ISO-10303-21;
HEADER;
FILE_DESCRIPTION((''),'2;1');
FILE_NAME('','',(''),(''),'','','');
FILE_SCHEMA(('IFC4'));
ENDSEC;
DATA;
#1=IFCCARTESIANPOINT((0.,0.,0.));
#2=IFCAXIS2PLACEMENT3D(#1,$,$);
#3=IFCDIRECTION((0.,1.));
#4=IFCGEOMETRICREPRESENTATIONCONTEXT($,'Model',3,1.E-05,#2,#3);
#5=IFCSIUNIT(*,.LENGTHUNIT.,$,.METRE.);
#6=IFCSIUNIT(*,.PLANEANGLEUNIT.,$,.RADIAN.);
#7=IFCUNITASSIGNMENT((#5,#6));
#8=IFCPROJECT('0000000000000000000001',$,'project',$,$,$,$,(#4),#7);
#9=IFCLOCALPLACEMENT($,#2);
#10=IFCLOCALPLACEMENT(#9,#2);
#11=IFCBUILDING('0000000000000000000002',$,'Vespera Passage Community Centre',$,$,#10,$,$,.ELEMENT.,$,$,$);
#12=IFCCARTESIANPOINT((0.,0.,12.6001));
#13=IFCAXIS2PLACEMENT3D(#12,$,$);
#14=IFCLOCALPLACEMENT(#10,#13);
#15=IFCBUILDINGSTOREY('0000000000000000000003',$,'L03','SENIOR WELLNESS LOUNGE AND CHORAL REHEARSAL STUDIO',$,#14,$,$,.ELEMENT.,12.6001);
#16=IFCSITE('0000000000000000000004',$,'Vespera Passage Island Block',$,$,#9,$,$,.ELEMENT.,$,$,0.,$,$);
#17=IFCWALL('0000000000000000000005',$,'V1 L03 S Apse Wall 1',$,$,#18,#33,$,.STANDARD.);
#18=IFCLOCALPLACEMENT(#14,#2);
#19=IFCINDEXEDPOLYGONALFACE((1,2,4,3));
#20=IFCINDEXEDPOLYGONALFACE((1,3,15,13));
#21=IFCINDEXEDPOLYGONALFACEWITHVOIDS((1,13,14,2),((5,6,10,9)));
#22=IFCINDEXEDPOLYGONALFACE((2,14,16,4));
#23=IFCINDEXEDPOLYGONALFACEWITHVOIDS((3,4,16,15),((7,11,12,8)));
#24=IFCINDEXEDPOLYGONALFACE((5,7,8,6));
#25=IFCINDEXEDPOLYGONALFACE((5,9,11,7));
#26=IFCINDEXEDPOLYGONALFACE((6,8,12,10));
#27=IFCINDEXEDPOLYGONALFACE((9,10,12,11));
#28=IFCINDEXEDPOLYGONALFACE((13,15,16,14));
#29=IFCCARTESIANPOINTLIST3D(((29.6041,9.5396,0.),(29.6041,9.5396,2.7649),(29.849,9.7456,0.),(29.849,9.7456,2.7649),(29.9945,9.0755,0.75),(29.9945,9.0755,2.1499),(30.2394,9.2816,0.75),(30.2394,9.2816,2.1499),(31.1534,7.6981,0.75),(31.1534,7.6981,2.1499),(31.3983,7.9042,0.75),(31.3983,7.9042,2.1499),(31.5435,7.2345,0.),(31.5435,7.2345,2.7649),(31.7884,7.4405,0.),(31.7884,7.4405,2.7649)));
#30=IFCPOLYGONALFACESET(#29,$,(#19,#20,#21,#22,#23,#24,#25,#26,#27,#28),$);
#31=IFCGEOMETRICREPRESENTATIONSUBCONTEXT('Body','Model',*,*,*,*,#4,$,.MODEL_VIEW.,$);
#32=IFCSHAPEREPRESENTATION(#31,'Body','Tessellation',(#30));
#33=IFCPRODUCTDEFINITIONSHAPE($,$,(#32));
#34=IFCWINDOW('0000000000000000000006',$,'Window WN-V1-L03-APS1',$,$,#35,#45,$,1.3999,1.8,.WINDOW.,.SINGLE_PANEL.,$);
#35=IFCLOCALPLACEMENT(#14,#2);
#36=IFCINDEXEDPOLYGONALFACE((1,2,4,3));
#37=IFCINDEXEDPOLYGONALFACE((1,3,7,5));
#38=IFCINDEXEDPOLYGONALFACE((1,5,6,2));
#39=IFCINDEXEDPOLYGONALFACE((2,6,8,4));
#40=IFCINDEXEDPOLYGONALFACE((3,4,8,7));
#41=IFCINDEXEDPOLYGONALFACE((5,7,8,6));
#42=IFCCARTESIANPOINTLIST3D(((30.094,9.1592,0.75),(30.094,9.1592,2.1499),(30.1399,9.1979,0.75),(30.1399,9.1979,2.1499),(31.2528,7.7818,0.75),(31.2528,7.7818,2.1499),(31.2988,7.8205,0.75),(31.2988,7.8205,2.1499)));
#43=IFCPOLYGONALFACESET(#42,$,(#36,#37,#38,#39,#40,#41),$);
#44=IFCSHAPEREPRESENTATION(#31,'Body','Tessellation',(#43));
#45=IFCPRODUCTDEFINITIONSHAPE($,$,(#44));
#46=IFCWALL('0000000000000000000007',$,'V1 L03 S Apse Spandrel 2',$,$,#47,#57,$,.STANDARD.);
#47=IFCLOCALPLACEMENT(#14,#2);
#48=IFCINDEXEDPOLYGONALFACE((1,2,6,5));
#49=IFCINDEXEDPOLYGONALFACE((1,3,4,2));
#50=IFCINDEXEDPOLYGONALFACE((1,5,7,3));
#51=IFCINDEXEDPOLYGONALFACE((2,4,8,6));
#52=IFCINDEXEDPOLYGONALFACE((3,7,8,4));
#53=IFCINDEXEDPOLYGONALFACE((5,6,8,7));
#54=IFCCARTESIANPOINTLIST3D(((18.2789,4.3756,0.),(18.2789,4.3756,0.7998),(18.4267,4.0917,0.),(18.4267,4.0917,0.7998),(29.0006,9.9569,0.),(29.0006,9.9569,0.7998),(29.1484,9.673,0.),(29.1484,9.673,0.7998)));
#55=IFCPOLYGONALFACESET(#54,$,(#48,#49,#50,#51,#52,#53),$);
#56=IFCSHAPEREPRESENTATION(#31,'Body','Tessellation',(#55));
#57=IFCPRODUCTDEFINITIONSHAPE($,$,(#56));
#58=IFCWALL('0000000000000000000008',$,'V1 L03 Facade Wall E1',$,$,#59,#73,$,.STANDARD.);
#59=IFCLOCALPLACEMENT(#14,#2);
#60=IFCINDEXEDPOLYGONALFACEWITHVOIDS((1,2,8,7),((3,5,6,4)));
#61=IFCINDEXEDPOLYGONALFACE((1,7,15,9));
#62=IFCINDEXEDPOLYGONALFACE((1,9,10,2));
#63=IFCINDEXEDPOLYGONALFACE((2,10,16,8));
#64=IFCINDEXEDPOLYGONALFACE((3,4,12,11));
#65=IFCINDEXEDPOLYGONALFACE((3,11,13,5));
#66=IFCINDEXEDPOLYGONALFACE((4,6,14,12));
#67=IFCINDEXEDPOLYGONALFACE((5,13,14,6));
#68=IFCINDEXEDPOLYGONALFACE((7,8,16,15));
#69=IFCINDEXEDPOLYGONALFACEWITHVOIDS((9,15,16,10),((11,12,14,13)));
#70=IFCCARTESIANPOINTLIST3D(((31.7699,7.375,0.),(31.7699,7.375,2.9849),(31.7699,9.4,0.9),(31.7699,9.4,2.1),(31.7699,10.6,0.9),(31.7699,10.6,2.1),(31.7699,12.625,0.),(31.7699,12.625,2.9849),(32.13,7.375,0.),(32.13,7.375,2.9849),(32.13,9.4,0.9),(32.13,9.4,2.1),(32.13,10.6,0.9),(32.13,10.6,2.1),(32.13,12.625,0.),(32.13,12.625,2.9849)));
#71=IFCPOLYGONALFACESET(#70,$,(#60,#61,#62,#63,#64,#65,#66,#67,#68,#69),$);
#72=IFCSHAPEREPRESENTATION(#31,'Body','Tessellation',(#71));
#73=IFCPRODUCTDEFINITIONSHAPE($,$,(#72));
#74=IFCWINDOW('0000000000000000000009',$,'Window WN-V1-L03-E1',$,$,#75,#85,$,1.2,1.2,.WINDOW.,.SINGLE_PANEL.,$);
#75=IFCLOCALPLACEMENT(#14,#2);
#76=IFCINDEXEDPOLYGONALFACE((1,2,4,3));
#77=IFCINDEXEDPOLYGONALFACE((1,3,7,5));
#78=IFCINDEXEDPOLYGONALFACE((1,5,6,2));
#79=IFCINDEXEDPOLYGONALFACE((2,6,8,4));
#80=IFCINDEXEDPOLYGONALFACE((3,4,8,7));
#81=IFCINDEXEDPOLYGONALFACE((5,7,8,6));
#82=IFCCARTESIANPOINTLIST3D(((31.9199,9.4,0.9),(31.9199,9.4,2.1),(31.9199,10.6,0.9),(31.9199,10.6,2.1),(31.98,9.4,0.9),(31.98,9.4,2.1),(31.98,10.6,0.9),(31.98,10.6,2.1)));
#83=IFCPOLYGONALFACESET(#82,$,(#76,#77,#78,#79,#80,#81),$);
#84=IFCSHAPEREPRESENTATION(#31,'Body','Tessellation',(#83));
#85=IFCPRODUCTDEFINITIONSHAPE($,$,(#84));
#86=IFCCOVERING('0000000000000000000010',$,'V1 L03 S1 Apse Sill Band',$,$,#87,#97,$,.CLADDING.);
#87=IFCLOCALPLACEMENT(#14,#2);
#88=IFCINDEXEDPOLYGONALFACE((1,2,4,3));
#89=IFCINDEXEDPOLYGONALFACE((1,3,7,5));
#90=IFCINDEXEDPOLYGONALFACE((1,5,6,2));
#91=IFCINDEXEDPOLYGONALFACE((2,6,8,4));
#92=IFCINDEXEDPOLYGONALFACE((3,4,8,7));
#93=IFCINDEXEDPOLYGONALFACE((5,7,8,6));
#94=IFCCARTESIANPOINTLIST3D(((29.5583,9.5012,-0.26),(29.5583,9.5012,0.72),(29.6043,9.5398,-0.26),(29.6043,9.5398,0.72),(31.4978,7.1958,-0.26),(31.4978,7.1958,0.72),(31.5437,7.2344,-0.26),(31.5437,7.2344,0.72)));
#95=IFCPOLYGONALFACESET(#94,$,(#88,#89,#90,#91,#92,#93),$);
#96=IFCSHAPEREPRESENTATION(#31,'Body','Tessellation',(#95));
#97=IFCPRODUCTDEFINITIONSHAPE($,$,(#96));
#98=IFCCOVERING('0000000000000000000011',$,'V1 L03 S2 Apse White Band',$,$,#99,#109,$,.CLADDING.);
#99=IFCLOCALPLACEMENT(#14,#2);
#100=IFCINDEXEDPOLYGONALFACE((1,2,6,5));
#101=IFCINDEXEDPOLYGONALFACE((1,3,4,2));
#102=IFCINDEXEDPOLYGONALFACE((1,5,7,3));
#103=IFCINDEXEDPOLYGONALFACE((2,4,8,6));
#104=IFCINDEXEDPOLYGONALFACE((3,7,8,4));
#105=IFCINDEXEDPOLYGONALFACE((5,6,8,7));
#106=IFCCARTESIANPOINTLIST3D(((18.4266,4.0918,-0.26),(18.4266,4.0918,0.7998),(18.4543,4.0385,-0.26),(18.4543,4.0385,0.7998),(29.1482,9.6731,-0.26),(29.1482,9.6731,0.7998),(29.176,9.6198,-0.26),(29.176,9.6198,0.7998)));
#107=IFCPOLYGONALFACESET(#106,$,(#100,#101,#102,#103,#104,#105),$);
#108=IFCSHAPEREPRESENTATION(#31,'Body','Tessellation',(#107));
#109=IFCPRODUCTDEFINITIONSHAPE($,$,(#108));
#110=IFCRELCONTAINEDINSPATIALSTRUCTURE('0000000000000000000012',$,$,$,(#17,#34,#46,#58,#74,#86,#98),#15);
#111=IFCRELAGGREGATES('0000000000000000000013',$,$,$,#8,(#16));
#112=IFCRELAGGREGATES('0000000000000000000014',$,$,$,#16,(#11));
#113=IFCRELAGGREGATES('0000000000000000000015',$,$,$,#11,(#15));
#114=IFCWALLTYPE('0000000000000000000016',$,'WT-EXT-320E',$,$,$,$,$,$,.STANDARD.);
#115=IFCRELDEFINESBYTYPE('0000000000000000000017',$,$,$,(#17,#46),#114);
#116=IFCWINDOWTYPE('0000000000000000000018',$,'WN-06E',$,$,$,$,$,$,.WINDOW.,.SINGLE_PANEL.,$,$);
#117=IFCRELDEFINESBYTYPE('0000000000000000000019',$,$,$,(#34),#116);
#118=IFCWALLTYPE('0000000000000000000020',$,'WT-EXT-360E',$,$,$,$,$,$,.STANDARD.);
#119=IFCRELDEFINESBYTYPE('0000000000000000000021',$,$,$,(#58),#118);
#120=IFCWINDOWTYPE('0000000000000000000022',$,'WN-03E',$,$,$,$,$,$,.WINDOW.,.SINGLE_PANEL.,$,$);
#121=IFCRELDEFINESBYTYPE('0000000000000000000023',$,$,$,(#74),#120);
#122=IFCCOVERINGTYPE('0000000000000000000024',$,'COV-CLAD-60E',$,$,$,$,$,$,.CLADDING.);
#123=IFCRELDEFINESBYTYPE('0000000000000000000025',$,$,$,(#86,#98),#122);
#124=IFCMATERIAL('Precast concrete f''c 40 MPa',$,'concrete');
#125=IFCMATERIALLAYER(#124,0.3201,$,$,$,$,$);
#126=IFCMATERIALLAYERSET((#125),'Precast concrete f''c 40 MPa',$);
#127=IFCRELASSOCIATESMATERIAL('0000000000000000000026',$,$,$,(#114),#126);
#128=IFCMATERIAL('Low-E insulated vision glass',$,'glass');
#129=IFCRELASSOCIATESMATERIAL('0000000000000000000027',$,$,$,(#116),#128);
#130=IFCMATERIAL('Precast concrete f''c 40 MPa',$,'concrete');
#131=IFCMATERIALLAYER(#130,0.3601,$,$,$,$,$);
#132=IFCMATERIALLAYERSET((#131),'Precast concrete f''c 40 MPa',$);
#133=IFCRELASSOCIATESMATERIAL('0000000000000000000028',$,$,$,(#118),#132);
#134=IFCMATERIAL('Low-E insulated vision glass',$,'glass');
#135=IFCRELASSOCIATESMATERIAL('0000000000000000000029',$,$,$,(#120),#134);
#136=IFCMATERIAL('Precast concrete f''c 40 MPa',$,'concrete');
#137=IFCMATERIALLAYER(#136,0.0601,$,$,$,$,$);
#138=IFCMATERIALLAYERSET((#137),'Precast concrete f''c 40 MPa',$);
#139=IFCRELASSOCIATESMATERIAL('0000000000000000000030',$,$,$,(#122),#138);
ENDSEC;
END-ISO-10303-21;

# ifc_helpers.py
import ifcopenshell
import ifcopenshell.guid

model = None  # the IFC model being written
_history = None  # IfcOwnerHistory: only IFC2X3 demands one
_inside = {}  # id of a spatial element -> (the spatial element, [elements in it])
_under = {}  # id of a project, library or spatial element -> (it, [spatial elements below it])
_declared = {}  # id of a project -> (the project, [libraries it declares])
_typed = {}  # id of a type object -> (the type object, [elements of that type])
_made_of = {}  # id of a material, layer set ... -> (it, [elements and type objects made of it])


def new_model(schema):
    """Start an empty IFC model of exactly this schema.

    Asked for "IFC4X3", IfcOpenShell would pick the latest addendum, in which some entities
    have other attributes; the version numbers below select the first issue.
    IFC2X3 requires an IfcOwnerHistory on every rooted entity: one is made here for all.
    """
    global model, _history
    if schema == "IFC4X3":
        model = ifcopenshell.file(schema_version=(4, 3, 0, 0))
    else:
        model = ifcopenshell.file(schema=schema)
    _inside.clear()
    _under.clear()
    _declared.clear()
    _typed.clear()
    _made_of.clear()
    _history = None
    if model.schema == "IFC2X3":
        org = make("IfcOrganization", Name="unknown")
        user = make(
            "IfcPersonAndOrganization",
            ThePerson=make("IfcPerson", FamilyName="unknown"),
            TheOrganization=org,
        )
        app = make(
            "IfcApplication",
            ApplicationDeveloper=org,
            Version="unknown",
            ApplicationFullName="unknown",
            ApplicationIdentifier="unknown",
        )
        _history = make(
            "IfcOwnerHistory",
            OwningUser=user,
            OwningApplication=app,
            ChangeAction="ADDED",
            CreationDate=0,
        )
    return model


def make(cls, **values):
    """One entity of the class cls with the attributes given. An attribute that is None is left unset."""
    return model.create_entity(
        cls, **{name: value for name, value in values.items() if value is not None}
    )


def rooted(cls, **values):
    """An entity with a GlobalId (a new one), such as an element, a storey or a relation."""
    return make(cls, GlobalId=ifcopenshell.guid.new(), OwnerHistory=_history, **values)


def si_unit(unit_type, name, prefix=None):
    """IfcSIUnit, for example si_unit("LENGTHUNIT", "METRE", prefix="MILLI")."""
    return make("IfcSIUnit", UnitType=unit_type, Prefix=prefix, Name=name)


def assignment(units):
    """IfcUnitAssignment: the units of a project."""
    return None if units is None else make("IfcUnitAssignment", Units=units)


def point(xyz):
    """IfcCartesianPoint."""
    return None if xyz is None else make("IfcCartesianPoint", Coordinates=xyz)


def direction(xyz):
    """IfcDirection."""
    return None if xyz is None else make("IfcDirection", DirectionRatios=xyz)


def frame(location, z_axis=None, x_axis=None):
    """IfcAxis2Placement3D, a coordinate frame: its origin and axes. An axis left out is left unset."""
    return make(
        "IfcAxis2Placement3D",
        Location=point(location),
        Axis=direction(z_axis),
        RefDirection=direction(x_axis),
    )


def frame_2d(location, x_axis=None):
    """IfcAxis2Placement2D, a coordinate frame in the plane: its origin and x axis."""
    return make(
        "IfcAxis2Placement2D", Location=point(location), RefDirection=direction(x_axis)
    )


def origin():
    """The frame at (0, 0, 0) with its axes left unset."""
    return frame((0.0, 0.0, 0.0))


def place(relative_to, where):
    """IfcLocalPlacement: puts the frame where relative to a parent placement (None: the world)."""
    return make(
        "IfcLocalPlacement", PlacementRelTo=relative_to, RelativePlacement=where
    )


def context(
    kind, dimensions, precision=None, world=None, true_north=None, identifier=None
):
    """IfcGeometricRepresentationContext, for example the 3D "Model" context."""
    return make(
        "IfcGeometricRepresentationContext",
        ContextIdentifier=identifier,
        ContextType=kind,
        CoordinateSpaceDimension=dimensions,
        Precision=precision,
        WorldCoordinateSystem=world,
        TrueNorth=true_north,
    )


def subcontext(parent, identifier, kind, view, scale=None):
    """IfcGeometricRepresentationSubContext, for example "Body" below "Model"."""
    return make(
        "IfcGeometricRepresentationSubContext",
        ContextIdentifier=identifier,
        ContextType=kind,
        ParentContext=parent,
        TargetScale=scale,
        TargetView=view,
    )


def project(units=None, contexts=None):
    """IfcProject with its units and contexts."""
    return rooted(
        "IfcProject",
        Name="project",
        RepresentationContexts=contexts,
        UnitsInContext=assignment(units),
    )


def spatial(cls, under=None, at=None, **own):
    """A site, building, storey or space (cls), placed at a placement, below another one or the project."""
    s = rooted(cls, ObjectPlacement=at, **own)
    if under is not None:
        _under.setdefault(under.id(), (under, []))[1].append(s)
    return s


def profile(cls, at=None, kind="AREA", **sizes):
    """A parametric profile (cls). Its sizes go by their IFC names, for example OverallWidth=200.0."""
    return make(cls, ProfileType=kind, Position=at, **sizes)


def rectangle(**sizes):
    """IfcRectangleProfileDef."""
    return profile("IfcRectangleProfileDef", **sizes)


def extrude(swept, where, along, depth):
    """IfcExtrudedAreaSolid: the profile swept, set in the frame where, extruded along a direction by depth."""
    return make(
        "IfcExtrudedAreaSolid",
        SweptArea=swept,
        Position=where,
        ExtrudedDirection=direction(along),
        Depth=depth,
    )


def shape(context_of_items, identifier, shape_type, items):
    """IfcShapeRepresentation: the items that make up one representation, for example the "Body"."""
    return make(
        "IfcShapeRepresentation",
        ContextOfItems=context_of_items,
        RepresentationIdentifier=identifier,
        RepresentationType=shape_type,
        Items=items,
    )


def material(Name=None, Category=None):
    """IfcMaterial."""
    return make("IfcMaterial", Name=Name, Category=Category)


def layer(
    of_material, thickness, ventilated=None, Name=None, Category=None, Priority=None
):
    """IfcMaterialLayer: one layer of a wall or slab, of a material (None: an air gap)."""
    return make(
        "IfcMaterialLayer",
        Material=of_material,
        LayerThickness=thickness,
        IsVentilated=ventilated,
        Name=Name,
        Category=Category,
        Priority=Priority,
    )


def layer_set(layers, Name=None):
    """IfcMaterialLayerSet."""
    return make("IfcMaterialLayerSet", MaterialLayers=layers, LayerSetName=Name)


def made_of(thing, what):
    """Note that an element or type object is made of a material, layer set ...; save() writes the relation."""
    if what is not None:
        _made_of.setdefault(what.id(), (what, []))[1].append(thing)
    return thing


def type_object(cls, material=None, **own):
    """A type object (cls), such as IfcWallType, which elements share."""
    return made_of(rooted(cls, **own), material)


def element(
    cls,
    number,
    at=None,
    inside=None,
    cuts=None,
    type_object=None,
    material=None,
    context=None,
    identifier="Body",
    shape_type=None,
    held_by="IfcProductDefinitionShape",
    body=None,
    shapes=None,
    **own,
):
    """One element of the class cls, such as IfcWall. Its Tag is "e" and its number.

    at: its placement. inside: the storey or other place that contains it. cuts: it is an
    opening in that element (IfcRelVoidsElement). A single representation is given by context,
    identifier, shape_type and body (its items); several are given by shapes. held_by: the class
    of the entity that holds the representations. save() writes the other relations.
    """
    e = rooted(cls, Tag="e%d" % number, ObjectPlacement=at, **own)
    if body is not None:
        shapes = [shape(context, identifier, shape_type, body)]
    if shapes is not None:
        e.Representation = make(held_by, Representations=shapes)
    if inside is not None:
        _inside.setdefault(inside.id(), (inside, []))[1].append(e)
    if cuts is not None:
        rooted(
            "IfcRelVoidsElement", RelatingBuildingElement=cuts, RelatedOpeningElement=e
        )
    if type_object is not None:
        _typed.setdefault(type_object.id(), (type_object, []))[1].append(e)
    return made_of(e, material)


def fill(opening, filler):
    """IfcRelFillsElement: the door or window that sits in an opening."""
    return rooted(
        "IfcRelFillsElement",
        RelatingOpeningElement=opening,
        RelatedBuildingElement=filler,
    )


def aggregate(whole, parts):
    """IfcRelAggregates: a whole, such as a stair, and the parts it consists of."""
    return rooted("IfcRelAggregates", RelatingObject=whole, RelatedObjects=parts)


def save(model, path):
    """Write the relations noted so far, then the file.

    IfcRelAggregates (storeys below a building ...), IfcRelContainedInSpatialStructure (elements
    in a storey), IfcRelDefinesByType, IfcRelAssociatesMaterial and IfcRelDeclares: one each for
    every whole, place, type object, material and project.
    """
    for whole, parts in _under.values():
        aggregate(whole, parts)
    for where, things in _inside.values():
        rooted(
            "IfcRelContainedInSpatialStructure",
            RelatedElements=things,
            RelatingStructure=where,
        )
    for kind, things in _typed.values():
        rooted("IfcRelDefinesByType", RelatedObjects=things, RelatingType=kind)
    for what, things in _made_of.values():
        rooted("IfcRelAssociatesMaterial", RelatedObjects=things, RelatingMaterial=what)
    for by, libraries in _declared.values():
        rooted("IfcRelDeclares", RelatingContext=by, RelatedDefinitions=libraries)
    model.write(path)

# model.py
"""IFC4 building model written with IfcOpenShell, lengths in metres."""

from ifc_helpers import new_model, si_unit, direction, frame, frame_2d, origin, place, context, subcontext, project, spatial, rectangle, extrude, material, layer, layer_set, type_object, element, fill, save


model = new_model("IFC4")

# Units and contexts
model_context = context("Model", 3, precision=1e-05, world=origin(), true_north=direction((0.0, 1.0)))
body_context = subcontext(model_context, "Body", "Model", "MODEL_VIEW")
ifc_project = project(units=[si_unit("LENGTHUNIT", "METRE"), si_unit("PLANEANGLEUNIT", "RADIAN")], contexts=[model_context])

# Site, building, storey
site_placement = place(None, origin())
site = spatial("IfcSite", under=ifc_project, at=site_placement, Name="Vespera Passage Island Block", CompositionType="ELEMENT", RefElevation=0.0)
building_placement = place(site_placement, origin())
building = spatial("IfcBuilding", under=site, at=building_placement, Name="Vespera Passage Community Centre", CompositionType="ELEMENT")
storey_placement = place(building_placement, frame((0.0, 0.0, 12.6001)))
storey = spatial("IfcBuildingStorey", under=building, at=storey_placement, Name="L03", Description="SENIOR WELLNESS LOUNGE AND CHORAL REHEARSAL STUDIO", CompositionType="ELEMENT", Elevation=12.6001)

# Wall, opening, window
ifc_material_1 = material(Name="Precast concrete f'c 40 MPa", Category="concrete")
ifc_layer_1 = layer(ifc_material_1, 0.3201)
ifc_layer_set_1 = layer_set([ifc_layer_1], Name="Precast concrete f'c 40 MPa")
wall_type_1 = type_object("IfcWallType", Name="WT-EXT-320E", PredefinedType="STANDARD", material=ifc_layer_set_1)
wall_1_placement = place(storey_placement, frame((31.666, 7.3374, 0.0), z_axis=(0.0, 0.0, 1.0), x_axis=(-0.643796, 0.765197, 0.0)))
wall_1 = element("IfcWall", 1, at=wall_1_placement, inside=storey, type_object=wall_type_1, Name="V1 L03 S Apse Wall 1", PredefinedType="STANDARD", context=body_context, shape_type="SweptSolid", body=[
    extrude(rectangle(XDim=3.0125, YDim=0.3201, at=frame_2d((1.5063, 0.0))), origin(), (0.0, 0.0, 1.0), 2.7649),
])
opening_1_placement = place(wall_1_placement, frame((0.6062, 0.0, 0.75)))
opening_1 = element("IfcOpeningElement", 2, at=opening_1_placement, cuts=wall_1, PredefinedType="OPENING", context=body_context, shape_type="SweptSolid", body=[
    extrude(rectangle(XDim=1.8, YDim=1.3999, at=frame_2d((0.8999, 0.7))), frame((0.0, 0.1702, 0.0), z_axis=(0.0, -1.0, 0.0), x_axis=(1.0, 0.0, 0.0)), (0.0, 0.0, 1.0), 0.3401),
])
ifc_material_2 = material(Name="Low-E insulated vision glass", Category="glass")
window_type_1 = type_object("IfcWindowType", Name="WN-06E", PartitioningType="SINGLE_PANEL", PredefinedType="WINDOW", material=ifc_material_2)
window_1_placement = place(opening_1_placement, origin())
window_1 = element("IfcWindow", 3, at=window_1_placement, inside=storey, type_object=window_type_1, Name="Window WN-V1-L03-APS1", OverallHeight=1.3999, OverallWidth=1.8, PartitioningType="SINGLE_PANEL", PredefinedType="WINDOW", context=body_context, shape_type="SweptSolid", body=[
    extrude(rectangle(XDim=1.8, YDim=1.3999, at=frame_2d((0.8999, 0.7))), frame((0.0, 0.03, 0.0), z_axis=(0.0, -1.0, 0.0), x_axis=(1.0, 0.0, 0.0)), (0.0, 0.0, 1.0), 0.0601),
])
fill(opening_1, window_1)

# Wall
wall_2_placement = place(storey_placement, frame((29.0745, 9.8149, 0.0), z_axis=(0.0, 0.0, 1.0), x_axis=(-0.887013, -0.461745, 0.0)))
element("IfcWall", 4, at=wall_2_placement, inside=storey, type_object=wall_type_1, Name="V1 L03 S Apse Spandrel 2", PredefinedType="STANDARD", context=body_context, shape_type="SweptSolid", body=[
    extrude(rectangle(XDim=12.0874, YDim=0.3201, at=frame_2d((6.0437, 0.0))), origin(), (0.0, 0.0, 1.0), 0.7998),
])

# Wall, opening, window
ifc_material_3 = material(Name="Precast concrete f'c 40 MPa", Category="concrete")
ifc_layer_2 = layer(ifc_material_3, 0.3601)
ifc_layer_set_2 = layer_set([ifc_layer_2], Name="Precast concrete f'c 40 MPa")
wall_type_2 = type_object("IfcWallType", Name="WT-EXT-360E", PredefinedType="STANDARD", material=ifc_layer_set_2)
wall_3_placement = place(storey_placement, frame((31.95, 12.625, 0.0), z_axis=(0.0, 0.0, 1.0), x_axis=(0.0, -1.0, 0.0)))
wall_3 = element("IfcWall", 5, at=wall_3_placement, inside=storey, type_object=wall_type_2, Name="V1 L03 Facade Wall E1", PredefinedType="STANDARD", context=body_context, shape_type="SweptSolid", body=[
    extrude(rectangle(XDim=5.25, YDim=0.3601, at=frame_2d((2.625, 0.0))), origin(), (0.0, 0.0, 1.0), 2.9849),
])
opening_2_placement = place(wall_3_placement, frame((2.0249, 0.0, 0.8999)))
opening_2 = element("IfcOpeningElement", 6, at=opening_2_placement, cuts=wall_3, PredefinedType="OPENING", context=body_context, shape_type="SweptSolid", body=[
    extrude(rectangle(XDim=1.2, YDim=1.2, at=frame_2d((0.6001, 0.6001))), frame((0.0, 0.1902, 0.0), z_axis=(0.0, -1.0, 0.0), x_axis=(1.0, 0.0, 0.0)), (0.0, 0.0, 1.0), 0.3801),
])
ifc_material_4 = material(Name="Low-E insulated vision glass", Category="glass")
window_type_2 = type_object("IfcWindowType", Name="WN-03E", PartitioningType="SINGLE_PANEL", PredefinedType="WINDOW", material=ifc_material_4)
window_2_placement = place(opening_2_placement, origin())
window_2 = element("IfcWindow", 7, at=window_2_placement, inside=storey, type_object=window_type_2, Name="Window WN-V1-L03-E1", OverallHeight=1.2, OverallWidth=1.2, PartitioningType="SINGLE_PANEL", PredefinedType="WINDOW", context=body_context, shape_type="SweptSolid", body=[
    extrude(rectangle(XDim=1.2, YDim=1.2, at=frame_2d((0.6001, 0.6001))), frame((0.0, 0.03, 0.0), z_axis=(0.0, -1.0, 0.0), x_axis=(1.0, 0.0, 0.0)), (0.0, 0.0, 1.0), 0.0601),
])
fill(opening_2, window_2)

# Coverings
ifc_material_5 = material(Name="Precast concrete f'c 40 MPa", Category="concrete")
ifc_layer_3 = layer(ifc_material_5, 0.0601)
ifc_layer_set_3 = layer_set([ifc_layer_3], Name="Precast concrete f'c 40 MPa")
covering_type = type_object("IfcCoveringType", Name="COV-CLAD-60E", PredefinedType="CLADDING", material=ifc_layer_set_3)
covering_1_placement = place(storey_placement, frame((31.5208, 7.2151, -0.26), z_axis=(0.0, 0.0, 1.0), x_axis=(-0.643756, 0.765231, 0.0)))
element("IfcCovering", 8, at=covering_1_placement, inside=storey, type_object=covering_type, Name="V1 L03 S1 Apse Sill Band", PredefinedType="CLADDING", context=body_context, shape_type="SweptSolid", body=[
    extrude(rectangle(XDim=3.0127, YDim=0.0601, at=frame_2d((1.5063, 0.0))), origin(), (0.0, 0.0, 1.0), 0.98),
])
covering_2_placement = place(storey_placement, frame((29.1621, 9.6465, -0.26), z_axis=(0.0, 0.0, 1.0), x_axis=(-0.887013, -0.461745, 0.0)))
element("IfcCovering", 9, at=covering_2_placement, inside=storey, type_object=covering_type, Name="V1 L03 S2 Apse White Band", PredefinedType="CLADDING", context=body_context, shape_type="SweptSolid", body=[
    extrude(rectangle(XDim=12.0874, YDim=0.0601, at=frame_2d((6.0437, 0.0))), origin(), (0.0, 0.0, 1.0), 1.0598),
])

save(model, "model.ifc")
